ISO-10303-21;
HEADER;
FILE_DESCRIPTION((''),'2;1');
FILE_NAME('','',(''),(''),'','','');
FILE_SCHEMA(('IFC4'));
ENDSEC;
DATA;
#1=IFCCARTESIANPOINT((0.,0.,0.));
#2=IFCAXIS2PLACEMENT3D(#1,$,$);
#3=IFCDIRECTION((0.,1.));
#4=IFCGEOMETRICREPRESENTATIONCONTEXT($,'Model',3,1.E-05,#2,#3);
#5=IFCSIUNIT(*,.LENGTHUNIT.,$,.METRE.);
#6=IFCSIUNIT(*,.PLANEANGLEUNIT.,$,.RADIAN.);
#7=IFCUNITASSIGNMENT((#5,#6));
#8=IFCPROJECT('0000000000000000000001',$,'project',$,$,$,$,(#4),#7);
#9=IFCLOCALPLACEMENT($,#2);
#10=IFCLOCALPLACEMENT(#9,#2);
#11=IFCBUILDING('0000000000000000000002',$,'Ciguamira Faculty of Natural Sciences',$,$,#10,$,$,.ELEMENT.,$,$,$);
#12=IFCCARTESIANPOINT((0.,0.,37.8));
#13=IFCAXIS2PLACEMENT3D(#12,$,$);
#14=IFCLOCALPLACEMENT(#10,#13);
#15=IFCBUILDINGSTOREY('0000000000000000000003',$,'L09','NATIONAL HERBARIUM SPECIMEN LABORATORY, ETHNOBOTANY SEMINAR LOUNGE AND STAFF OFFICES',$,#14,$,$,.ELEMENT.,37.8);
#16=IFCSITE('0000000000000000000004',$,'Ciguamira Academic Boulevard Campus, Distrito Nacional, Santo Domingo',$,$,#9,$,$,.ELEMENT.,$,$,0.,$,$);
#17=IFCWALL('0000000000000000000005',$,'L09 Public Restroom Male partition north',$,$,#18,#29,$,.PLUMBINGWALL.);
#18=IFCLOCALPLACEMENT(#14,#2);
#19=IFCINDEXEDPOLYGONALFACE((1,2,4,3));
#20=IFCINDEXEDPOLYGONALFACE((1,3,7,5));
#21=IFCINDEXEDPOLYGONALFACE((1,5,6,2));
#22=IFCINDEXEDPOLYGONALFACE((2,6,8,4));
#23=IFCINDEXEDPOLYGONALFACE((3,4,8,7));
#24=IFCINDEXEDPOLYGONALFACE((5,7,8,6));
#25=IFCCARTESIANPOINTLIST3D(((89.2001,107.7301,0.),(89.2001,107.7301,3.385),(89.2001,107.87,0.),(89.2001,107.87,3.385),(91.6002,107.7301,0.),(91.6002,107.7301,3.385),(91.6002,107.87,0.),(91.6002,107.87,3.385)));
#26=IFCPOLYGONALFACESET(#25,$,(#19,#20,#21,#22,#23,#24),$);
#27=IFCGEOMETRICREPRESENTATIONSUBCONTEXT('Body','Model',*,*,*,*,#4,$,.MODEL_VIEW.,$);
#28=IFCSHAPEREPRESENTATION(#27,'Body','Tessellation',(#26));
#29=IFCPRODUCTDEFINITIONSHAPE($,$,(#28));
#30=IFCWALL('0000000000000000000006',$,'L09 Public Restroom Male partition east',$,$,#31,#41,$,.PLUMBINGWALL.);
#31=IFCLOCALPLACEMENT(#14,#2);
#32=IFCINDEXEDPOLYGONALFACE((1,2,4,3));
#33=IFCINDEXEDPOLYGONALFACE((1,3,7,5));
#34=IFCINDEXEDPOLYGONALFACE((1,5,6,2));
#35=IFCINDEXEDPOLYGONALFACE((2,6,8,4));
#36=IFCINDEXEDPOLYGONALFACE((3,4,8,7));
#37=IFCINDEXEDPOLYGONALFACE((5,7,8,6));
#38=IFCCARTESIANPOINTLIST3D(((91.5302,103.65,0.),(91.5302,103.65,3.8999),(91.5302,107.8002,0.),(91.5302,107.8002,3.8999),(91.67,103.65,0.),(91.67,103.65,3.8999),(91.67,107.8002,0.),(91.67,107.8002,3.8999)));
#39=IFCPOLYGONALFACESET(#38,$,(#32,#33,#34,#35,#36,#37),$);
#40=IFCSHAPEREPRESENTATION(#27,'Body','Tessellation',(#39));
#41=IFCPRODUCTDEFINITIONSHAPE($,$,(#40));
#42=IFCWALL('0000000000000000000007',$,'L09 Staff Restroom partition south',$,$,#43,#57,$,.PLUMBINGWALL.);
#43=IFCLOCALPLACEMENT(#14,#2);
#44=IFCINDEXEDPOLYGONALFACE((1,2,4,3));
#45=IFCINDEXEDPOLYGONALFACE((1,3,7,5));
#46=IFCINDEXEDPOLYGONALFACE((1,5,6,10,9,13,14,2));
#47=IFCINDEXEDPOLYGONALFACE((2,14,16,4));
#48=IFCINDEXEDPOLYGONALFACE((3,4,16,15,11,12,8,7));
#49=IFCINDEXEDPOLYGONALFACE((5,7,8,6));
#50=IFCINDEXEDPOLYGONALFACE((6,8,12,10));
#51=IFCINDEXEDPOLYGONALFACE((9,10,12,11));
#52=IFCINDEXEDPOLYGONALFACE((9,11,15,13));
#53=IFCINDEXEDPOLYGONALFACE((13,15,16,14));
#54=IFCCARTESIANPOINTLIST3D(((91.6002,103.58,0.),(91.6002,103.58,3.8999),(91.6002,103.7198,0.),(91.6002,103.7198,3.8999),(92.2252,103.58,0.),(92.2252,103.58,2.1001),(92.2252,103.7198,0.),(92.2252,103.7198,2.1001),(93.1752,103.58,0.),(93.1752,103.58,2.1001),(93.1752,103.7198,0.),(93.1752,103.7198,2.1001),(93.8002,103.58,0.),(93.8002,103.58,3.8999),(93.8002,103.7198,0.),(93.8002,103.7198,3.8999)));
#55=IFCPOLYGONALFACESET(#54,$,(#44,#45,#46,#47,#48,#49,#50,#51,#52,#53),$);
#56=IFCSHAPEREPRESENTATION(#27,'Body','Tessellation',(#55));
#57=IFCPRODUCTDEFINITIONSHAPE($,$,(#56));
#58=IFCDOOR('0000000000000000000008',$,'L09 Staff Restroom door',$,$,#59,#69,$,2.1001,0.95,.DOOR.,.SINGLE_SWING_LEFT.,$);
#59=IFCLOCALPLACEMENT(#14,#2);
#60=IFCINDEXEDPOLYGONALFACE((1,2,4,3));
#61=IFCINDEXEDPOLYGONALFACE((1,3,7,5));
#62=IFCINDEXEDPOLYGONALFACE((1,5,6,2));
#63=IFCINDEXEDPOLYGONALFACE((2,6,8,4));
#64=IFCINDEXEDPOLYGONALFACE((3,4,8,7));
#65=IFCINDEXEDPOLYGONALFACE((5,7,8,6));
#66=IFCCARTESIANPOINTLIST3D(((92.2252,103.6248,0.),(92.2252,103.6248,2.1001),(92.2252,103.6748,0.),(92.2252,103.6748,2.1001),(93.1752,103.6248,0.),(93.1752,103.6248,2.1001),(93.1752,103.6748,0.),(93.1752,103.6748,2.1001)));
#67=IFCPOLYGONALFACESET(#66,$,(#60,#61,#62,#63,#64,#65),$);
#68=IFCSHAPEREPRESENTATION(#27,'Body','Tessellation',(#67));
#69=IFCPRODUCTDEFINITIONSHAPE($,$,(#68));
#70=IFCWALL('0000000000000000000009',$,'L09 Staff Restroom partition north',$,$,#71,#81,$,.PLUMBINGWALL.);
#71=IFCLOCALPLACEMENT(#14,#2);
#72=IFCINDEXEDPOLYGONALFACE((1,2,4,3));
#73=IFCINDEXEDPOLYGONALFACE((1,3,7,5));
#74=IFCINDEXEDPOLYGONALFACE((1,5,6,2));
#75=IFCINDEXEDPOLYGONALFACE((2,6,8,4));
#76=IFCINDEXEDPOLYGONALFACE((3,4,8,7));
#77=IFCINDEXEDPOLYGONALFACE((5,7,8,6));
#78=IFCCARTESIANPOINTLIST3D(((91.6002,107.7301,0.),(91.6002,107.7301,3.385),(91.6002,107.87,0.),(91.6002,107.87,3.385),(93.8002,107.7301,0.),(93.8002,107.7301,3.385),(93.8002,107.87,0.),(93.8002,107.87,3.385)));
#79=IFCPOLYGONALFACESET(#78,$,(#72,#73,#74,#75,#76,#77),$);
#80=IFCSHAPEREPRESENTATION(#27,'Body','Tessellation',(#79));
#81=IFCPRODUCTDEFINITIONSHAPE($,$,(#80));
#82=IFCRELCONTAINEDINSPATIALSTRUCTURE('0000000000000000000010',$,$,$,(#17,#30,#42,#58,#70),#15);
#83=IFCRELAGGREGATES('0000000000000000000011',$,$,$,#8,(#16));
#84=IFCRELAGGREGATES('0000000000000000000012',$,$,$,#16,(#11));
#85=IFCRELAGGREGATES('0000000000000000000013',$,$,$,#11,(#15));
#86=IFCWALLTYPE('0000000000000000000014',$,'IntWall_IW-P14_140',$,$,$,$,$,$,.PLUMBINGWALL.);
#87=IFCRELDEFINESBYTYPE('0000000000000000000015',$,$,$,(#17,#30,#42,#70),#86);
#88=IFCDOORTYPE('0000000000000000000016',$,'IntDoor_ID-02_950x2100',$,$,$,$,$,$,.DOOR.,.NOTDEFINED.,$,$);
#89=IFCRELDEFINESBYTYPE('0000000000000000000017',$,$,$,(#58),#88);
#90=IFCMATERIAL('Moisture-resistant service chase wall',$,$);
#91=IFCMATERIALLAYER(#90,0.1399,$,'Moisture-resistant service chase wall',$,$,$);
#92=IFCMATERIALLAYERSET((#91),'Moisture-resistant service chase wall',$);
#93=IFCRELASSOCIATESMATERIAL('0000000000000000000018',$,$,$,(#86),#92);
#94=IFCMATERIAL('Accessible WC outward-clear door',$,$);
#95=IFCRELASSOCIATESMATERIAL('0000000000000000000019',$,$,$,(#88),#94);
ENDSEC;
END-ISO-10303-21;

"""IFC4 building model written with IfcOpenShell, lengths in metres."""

from ifc_helpers import new_model, si_unit, direction, frame, frame_2d, origin, place, context, subcontext, project, spatial, rectangle, extrude, material, layer, layer_set, type_object, element, fill, save


model = new_model("IFC4")

# Units and contexts
model_context = context("Model", 3, precision=1e-05, world=origin(), true_north=direction((0.0, 1.0)))
body_context = subcontext(model_context, "Body", "Model", "MODEL_VIEW")
ifc_project = project(units=[si_unit("LENGTHUNIT", "METRE"), si_unit("PLANEANGLEUNIT", "RADIAN")], contexts=[model_context])

# Site, building, storey
site_placement = place(None, origin())
site = spatial("IfcSite", under=ifc_project, at=site_placement, Name="Ciguamira Academic Boulevard Campus, Distrito Nacional, Santo Domingo", CompositionType="ELEMENT", RefElevation=0.0)
building_placement = place(site_placement, origin())
building = spatial("IfcBuilding", under=site, at=building_placement, Name="Ciguamira Faculty of Natural Sciences", CompositionType="ELEMENT")
storey_placement = place(building_placement, frame((0.0, 0.0, 37.8)))
storey = spatial("IfcBuildingStorey", under=building, at=storey_placement, Name="L09", Description="NATIONAL HERBARIUM SPECIMEN LABORATORY, ETHNOBOTANY SEMINAR LOUNGE AND STAFF OFFICES", CompositionType="ELEMENT", Elevation=37.8)

# Shared definitions
ifc_material_1 = material(Name="Moisture-resistant service chase wall")
ifc_layer_1 = layer(ifc_material_1, 0.1399, Name="Moisture-resistant service chase wall")
ifc_layer_set_1 = layer_set([ifc_layer_1], Name="Moisture-resistant service chase wall")
wall_type_1 = type_object("IfcWallType", Name="IntWall_IW-P14_140", PredefinedType="PLUMBINGWALL", material=ifc_layer_set_1)

# Shared definitions
ifc_material_2 = material(Name="Accessible WC outward-clear door")
door_type_1 = type_object("IfcDoorType", Name="IntDoor_ID-02_950x2100", OperationType="NOTDEFINED", PredefinedType="DOOR", material=ifc_material_2)

# Walls
wall_1_placement = place(storey_placement, frame((89.2, 107.8, 0.0), z_axis=(0.0, 0.0, 1.0), x_axis=(1.0, 0.0, 0.0)))
element("IfcWall", 1, at=wall_1_placement, inside=storey, type_object=wall_type_1, Name="L09 Public Restroom Male partition north", PredefinedType="PLUMBINGWALL", context=body_context, shape_type="SweptSolid", body=[
    extrude(rectangle(XDim=2.4001, YDim=0.1399, at=frame_2d((1.2002, 0.0))), origin(), (0.0, 0.0, 1.0), 3.385),
])
wall_2_placement = place(storey_placement, frame((91.6001, 103.6499, 0.0), z_axis=(0.0, 0.0, 1.0), x_axis=(0.0, 1.0, 0.0)))
element("IfcWall", 2, at=wall_2_placement, inside=storey, type_object=wall_type_1, Name="L09 Public Restroom Male partition east", PredefinedType="PLUMBINGWALL", context=body_context, shape_type="SweptSolid", body=[
    extrude(rectangle(XDim=4.1501, YDim=0.1399, at=frame_2d((2.0752, 0.0))), origin(), (0.0, 0.0, 1.0), 3.8999),
])

# Wall, opening, door
wall_3_placement = place(storey_placement, frame((91.6001, 103.6499, 0.0), z_axis=(0.0, 0.0, 1.0), x_axis=(1.0, 0.0, 0.0)))
wall_3 = element("IfcWall", 3, at=wall_3_placement, inside=storey, type_object=wall_type_1, Name="L09 Staff Restroom partition south", PredefinedType="PLUMBINGWALL", context=body_context, shape_type="SweptSolid", body=[
    extrude(rectangle(XDim=2.2, YDim=0.1399, at=frame_2d((1.1001, 0.0))), origin(), (0.0, 0.0, 1.0), 3.8999),
])
opening_1_placement = place(wall_3_placement, frame((0.625, 0.0, 0.0)))
opening_1 = element("IfcOpeningElement", 4, at=opening_1_placement, cuts=wall_3, PredefinedType="OPENING", context=body_context, shape_type="SweptSolid", body=[
    extrude(rectangle(XDim=0.95, YDim=2.1001, at=frame_2d((0.4751, 1.05))), frame((0.0, 0.0798, 0.0), z_axis=(0.0, -1.0, 0.0), x_axis=(1.0, 0.0, 0.0)), (0.0, 0.0, 1.0), 0.1599),
])
door_1_placement = place(opening_1_placement, origin())
door_1 = element("IfcDoor", 5, at=door_1_placement, inside=storey, type_object=door_type_1, Name="L09 Staff Restroom door", OperationType="SINGLE_SWING_LEFT", OverallHeight=2.1001, OverallWidth=0.95, PredefinedType="DOOR", context=body_context, shape_type="SweptSolid", body=[
    extrude(rectangle(XDim=0.95, YDim=2.1001, at=frame_2d((0.4751, 1.05))), frame((0.0, 0.0249, 0.0), z_axis=(0.0, -1.0, 0.0), x_axis=(1.0, 0.0, 0.0)), (0.0, 0.0, 1.0), 0.05),
])
fill(opening_1, door_1)

# Wall
wall_4_placement = place(storey_placement, frame((91.6001, 107.8, 0.0), z_axis=(0.0, 0.0, 1.0), x_axis=(1.0, 0.0, 0.0)))
element("IfcWall", 6, at=wall_4_placement, inside=storey, type_object=wall_type_1, Name="L09 Staff Restroom partition north", PredefinedType="PLUMBINGWALL", context=body_context, shape_type="SweptSolid", body=[
    extrude(rectangle(XDim=2.2, YDim=0.1399, at=frame_2d((1.1001, 0.0))), origin(), (0.0, 0.0, 1.0), 3.385),
])

save(model, "model.ifc")
